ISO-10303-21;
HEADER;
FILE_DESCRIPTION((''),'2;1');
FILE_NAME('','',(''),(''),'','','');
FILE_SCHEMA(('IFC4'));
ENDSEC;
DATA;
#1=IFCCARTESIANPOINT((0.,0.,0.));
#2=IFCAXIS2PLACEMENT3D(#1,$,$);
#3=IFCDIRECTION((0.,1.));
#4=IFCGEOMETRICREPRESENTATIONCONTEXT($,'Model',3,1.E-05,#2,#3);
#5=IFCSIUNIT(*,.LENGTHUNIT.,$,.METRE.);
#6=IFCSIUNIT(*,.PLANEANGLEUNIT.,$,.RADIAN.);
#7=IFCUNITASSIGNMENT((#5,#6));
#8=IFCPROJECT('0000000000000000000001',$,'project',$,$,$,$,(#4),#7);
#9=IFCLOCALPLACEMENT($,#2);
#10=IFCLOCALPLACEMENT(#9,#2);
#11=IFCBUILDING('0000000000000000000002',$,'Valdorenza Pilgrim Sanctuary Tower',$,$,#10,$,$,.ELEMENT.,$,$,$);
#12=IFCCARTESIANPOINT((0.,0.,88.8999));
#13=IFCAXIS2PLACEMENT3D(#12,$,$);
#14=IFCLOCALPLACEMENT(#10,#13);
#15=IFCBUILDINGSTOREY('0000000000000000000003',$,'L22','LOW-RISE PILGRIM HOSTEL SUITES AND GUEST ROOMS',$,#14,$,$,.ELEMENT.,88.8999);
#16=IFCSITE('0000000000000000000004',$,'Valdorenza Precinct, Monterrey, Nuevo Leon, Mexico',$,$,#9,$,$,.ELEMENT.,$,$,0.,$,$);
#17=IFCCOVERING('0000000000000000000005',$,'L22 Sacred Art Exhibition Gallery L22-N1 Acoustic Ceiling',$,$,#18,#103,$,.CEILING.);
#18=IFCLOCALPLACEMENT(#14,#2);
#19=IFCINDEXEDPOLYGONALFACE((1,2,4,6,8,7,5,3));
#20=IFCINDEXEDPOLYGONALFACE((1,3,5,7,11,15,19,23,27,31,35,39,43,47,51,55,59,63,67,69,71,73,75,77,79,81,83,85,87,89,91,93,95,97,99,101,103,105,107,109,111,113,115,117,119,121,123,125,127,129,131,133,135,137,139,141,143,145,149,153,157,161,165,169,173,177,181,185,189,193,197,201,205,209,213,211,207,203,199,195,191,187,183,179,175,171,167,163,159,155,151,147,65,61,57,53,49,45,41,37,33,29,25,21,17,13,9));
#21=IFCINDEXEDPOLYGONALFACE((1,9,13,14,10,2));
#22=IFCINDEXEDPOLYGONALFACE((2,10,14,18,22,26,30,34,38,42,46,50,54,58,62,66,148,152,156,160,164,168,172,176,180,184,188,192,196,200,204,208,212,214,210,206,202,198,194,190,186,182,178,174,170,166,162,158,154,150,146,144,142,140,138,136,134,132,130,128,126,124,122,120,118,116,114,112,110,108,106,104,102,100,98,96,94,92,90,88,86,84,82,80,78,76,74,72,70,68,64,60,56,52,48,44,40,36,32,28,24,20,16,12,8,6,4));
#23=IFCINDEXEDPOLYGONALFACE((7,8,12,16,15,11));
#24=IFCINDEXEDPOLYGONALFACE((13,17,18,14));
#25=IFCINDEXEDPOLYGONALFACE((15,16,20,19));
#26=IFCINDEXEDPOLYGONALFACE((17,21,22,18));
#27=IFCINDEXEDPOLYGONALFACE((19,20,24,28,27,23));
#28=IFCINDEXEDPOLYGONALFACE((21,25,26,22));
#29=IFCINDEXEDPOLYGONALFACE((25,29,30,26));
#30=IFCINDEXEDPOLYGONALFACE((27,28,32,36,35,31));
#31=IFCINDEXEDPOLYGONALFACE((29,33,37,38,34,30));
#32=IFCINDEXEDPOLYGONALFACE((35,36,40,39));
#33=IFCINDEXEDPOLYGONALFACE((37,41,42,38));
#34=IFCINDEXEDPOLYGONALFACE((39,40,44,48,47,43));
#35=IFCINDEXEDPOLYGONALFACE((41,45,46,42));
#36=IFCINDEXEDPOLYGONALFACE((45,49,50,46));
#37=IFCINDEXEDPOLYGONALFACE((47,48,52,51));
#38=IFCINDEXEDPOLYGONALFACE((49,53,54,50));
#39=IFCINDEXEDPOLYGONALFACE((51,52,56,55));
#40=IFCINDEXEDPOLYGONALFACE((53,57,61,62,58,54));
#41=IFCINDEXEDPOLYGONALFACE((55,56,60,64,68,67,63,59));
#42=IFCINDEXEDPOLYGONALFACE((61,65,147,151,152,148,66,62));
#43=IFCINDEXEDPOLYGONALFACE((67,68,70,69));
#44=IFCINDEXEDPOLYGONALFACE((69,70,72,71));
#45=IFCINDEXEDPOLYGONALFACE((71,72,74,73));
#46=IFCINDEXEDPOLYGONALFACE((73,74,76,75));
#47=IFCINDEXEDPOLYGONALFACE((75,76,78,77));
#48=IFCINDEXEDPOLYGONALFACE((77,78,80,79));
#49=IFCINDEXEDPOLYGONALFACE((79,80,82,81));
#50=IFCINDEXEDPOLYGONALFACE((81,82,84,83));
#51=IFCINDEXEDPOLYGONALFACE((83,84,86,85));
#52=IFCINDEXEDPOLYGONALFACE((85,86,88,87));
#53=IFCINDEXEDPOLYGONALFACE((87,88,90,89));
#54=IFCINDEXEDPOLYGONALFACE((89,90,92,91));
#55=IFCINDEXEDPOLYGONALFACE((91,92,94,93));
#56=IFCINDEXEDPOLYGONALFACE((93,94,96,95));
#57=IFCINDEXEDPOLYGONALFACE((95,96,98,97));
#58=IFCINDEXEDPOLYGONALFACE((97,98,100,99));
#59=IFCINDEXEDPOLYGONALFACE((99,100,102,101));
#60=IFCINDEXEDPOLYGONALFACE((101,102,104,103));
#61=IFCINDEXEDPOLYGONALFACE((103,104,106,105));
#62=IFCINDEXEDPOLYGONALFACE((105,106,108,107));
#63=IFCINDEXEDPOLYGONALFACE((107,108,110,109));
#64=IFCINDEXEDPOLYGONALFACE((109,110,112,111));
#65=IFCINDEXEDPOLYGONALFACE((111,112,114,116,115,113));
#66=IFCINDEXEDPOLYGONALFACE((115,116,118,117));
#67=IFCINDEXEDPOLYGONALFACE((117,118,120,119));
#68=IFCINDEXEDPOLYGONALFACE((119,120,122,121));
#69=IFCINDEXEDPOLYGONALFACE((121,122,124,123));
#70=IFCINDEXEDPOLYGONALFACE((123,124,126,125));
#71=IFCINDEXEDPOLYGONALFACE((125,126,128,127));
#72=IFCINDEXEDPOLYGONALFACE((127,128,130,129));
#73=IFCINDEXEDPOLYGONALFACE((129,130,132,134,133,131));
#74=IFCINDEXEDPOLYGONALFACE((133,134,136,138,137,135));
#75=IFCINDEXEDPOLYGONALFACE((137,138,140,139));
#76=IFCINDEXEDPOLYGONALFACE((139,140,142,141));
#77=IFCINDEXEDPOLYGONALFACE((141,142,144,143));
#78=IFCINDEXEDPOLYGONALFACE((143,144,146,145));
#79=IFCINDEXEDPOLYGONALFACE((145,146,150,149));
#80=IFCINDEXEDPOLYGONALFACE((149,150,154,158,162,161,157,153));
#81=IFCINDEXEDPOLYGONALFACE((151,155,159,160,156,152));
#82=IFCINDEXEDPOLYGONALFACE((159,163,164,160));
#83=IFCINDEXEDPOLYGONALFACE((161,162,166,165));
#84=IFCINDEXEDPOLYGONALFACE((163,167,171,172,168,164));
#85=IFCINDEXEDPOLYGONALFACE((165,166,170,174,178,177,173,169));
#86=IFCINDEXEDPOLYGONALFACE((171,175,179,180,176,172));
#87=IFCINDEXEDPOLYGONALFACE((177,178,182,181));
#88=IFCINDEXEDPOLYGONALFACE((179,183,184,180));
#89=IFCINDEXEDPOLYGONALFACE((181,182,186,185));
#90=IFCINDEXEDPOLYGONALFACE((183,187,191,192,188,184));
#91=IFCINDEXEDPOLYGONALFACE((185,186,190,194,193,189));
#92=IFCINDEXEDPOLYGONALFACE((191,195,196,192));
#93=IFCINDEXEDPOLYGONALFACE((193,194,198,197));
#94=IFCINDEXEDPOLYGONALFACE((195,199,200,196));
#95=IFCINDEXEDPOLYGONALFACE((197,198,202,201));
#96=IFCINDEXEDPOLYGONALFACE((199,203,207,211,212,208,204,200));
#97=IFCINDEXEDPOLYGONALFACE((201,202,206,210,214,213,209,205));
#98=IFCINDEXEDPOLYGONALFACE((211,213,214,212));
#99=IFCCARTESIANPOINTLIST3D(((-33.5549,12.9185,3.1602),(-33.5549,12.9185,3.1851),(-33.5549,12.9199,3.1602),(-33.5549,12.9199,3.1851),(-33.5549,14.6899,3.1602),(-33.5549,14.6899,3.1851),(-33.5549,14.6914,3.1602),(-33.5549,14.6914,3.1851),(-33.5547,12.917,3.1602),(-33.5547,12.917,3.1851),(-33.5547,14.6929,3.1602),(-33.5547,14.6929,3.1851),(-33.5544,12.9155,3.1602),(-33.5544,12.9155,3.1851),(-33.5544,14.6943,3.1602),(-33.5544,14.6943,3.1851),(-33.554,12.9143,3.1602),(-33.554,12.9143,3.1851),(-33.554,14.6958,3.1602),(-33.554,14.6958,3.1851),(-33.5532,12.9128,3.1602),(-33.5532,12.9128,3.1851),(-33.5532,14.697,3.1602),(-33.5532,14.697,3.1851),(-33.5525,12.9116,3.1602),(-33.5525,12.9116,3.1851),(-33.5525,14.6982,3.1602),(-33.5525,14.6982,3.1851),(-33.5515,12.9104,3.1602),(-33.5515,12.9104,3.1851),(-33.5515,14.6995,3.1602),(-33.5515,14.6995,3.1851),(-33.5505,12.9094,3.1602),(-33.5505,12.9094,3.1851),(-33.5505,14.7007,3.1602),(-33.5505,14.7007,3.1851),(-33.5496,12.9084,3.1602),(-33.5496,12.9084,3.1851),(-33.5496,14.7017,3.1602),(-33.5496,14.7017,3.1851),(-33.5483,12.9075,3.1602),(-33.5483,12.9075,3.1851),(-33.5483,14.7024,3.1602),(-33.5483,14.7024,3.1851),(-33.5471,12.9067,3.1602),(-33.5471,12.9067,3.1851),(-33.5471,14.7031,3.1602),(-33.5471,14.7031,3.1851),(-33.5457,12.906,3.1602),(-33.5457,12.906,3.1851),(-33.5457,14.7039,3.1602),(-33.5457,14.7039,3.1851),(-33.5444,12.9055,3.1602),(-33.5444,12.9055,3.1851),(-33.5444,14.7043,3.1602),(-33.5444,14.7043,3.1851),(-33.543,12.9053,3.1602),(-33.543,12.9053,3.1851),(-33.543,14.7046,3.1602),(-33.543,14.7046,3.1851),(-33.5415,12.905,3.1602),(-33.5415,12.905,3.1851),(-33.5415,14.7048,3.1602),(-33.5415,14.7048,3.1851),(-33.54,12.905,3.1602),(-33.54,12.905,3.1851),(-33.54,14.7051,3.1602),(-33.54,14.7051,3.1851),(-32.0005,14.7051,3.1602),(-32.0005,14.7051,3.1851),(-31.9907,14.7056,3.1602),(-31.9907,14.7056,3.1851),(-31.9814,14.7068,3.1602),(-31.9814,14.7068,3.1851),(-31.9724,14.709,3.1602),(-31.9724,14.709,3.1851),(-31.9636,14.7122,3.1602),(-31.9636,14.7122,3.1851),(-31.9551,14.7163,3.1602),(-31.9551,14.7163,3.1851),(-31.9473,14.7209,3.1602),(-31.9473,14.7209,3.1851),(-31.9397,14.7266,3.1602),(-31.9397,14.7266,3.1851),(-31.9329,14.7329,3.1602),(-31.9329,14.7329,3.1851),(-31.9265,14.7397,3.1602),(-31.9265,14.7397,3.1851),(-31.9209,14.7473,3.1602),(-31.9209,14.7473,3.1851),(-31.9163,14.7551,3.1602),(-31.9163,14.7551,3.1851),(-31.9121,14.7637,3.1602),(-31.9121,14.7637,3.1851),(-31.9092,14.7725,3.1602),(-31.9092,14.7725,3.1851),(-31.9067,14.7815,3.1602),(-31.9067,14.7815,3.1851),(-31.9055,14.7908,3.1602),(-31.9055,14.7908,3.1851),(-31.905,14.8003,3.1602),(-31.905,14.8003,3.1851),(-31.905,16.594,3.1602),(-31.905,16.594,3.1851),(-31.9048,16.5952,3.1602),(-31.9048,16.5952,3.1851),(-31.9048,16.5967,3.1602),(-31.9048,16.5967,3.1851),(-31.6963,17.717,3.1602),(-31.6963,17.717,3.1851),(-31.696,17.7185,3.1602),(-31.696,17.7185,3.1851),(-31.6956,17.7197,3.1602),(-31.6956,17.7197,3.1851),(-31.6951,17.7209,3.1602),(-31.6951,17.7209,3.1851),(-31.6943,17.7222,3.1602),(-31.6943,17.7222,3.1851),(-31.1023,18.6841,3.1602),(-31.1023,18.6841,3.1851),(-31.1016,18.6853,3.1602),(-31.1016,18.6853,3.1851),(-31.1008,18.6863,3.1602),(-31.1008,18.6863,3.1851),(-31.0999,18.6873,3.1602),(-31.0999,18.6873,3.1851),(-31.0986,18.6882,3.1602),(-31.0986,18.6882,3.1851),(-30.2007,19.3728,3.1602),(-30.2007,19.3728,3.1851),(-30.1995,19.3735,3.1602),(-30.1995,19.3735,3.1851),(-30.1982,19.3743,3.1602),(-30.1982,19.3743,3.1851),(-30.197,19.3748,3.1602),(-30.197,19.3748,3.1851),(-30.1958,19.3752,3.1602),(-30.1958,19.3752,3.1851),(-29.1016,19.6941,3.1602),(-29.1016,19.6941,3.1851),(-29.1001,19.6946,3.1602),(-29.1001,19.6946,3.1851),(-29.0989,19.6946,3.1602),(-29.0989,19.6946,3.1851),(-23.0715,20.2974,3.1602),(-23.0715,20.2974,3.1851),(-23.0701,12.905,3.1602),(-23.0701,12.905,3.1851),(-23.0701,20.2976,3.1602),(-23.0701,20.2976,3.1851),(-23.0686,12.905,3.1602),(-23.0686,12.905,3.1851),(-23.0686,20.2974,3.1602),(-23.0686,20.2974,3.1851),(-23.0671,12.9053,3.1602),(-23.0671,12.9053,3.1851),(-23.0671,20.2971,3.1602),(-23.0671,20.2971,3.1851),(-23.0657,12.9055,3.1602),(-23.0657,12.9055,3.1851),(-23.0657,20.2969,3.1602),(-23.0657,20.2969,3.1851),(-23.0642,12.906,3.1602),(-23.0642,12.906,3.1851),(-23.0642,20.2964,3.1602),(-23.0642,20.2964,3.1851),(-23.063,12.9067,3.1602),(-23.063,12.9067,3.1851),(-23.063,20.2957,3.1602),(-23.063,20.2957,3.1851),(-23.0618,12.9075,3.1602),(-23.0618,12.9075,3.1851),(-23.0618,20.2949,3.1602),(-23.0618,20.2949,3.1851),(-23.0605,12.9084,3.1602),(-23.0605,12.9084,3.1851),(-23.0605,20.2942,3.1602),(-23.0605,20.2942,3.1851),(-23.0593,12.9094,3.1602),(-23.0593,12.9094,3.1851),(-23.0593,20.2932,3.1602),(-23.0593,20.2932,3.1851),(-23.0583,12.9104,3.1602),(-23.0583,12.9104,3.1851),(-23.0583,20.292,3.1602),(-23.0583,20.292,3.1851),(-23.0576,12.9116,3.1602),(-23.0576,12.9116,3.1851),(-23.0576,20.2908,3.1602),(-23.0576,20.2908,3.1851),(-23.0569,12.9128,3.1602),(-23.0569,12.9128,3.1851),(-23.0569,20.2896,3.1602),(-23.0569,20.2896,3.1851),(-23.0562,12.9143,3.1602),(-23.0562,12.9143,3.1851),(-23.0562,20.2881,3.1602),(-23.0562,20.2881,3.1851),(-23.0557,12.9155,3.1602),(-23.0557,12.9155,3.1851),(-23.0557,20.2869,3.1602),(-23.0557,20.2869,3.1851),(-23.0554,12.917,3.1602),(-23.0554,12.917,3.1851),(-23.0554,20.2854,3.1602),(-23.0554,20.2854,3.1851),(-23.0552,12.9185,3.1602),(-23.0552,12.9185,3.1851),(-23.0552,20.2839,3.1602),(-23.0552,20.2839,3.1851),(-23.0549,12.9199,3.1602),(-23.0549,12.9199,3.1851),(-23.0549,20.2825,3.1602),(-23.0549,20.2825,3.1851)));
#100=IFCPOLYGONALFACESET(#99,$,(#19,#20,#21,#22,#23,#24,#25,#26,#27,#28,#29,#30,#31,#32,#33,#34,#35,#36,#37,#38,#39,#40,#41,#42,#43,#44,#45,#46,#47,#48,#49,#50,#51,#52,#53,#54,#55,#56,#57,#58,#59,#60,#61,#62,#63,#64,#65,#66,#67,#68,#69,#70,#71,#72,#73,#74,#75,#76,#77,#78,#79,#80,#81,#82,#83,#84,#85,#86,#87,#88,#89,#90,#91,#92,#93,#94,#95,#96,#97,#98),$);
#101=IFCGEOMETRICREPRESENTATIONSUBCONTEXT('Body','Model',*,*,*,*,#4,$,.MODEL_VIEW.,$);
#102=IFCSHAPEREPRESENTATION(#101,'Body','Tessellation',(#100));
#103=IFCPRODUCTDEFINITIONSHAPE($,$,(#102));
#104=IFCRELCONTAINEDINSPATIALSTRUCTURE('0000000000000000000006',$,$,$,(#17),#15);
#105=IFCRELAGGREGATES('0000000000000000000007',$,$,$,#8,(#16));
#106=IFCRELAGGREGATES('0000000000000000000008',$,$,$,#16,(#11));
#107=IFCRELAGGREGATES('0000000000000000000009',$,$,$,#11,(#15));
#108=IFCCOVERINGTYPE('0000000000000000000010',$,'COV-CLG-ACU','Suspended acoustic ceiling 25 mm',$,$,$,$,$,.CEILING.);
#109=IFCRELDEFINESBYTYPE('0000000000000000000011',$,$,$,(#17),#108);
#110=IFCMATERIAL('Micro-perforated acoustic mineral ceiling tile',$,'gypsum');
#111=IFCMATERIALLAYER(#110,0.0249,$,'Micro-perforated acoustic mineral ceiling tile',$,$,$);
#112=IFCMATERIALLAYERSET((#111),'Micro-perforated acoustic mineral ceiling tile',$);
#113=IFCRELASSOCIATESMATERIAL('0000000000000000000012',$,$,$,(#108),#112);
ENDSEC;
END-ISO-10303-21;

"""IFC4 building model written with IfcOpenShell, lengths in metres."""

from ifc_helpers import new_model, si_unit, direction, frame, origin, place, context, subcontext, project, spatial, polyline, outline, extrude, material, layer, layer_set, type_object, element, save


model = new_model("IFC4")

# Units and contexts
model_context = context("Model", 3, precision=1e-05, world=origin(), true_north=direction((0.0, 1.0)))
body_context = subcontext(model_context, "Body", "Model", "MODEL_VIEW")
ifc_project = project(units=[si_unit("LENGTHUNIT", "METRE"), si_unit("PLANEANGLEUNIT", "RADIAN")], contexts=[model_context])

# Site, building, storey
site_placement = place(None, origin())
site = spatial("IfcSite", under=ifc_project, at=site_placement, Name="Valdorenza Precinct, Monterrey, Nuevo Leon, Mexico", CompositionType="ELEMENT", RefElevation=0.0)
building_placement = place(site_placement, origin())
building = spatial("IfcBuilding", under=site, at=building_placement, Name="Valdorenza Pilgrim Sanctuary Tower", CompositionType="ELEMENT")
storey_placement = place(building_placement, frame((0.0, 0.0, 88.8999)))
storey = spatial("IfcBuildingStorey", under=building, at=storey_placement, Name="L22", Description="LOW-RISE PILGRIM HOSTEL SUITES AND GUEST ROOMS", CompositionType="ELEMENT", Elevation=88.8999)

# Covering
ifc_material_1 = material(Name="Micro-perforated acoustic mineral ceiling tile", Category="gypsum")
ifc_layer_1 = layer(ifc_material_1, 0.0249, Name="Micro-perforated acoustic mineral ceiling tile")
ifc_layer_set_1 = layer_set([ifc_layer_1], Name="Micro-perforated acoustic mineral ceiling tile")
covering_type_1 = type_object("IfcCoveringType", Name="COV-CLG-ACU", Description="Suspended acoustic ceiling 25 mm", PredefinedType="CEILING", material=ifc_layer_set_1)
covering_1_placement = place(storey_placement, frame((0.0, 0.0, 3.1602)))
element("IfcCovering", 1, at=covering_1_placement, inside=storey, type_object=covering_type_1, Name="L22 Sacred Art Exhibition Gallery L22-N1 Acoustic Ceiling", PredefinedType="CEILING", context=body_context, shape_type="SweptSolid", body=[
    extrude(outline(polyline([(-33.54, 12.905), (-33.5415, 12.905), (-33.543, 12.9053), (-33.5444, 12.9055), (-33.5457, 12.906), (-33.5471, 12.9067), (-33.5483, 12.9075), (-33.5496, 12.9084), (-33.5505, 12.9094), (-33.5515, 12.9104), (-33.5525, 12.9116), (-33.5532, 12.9128), (-33.554, 12.9143), (-33.5544, 12.9155), (-33.5547, 12.917), (-33.5549, 12.9185), (-33.5549, 12.9199), (-33.5549, 14.6899), (-33.5549, 14.6914), (-33.5547, 14.6929), (-33.5544, 14.6943), (-33.554, 14.6958), (-33.5532, 14.697), (-33.5525, 14.6982), (-33.5515, 14.6995), (-33.5505, 14.7007), (-33.5496, 14.7017), (-33.5483, 14.7024), (-33.5471, 14.7031), (-33.5457, 14.7039), (-33.5444, 14.7043), (-33.543, 14.7046), (-33.5415, 14.7048), (-33.54, 14.7051), (-32.0005, 14.7051), (-31.9907, 14.7056), (-31.9814, 14.7068), (-31.9724, 14.709), (-31.9636, 14.7122), (-31.9551, 14.7163), (-31.9473, 14.7209), (-31.9397, 14.7266), (-31.9329, 14.7329), (-31.9265, 14.7397), (-31.9209, 14.7473), (-31.9163, 14.7551), (-31.9121, 14.7637), (-31.9092, 14.7725), (-31.9067, 14.7815), (-31.9055, 14.7908), (-31.905, 14.8003), (-31.905, 16.594), (-31.9048, 16.5952), (-31.9048, 16.5967), (-31.6963, 17.717), (-31.696, 17.7185), (-31.6956, 17.7197), (-31.6951, 17.7209), (-31.6943, 17.7222), (-31.1023, 18.6841), (-31.1016, 18.6853), (-31.1008, 18.6863), (-31.0999, 18.6873), (-31.0986, 18.6882), (-30.2007, 19.3728), (-30.1995, 19.3735), (-30.1982, 19.3743), (-30.197, 19.3748), (-30.1958, 19.3752), (-29.1016, 19.6941), (-29.1001, 19.6946), (-29.0989, 19.6946), (-23.0715, 20.2974), (-23.0701, 20.2976), (-23.0686, 20.2974), (-23.0671, 20.2971), (-23.0657, 20.2969), (-23.0642, 20.2964), (-23.063, 20.2957), (-23.0618, 20.2949), (-23.0605, 20.2942), (-23.0593, 20.2932), (-23.0583, 20.292), (-23.0576, 20.2908), (-23.0569, 20.2896), (-23.0562, 20.2881), (-23.0557, 20.2869), (-23.0554, 20.2854), (-23.0552, 20.2839), (-23.0549, 20.2825), (-23.0549, 12.9199), (-23.0552, 12.9185), (-23.0554, 12.917), (-23.0557, 12.9155), (-23.0562, 12.9143), (-23.0569, 12.9128), (-23.0576, 12.9116), (-23.0583, 12.9104), (-23.0593, 12.9094), (-23.0605, 12.9084), (-23.0618, 12.9075), (-23.063, 12.9067), (-23.0642, 12.906), (-23.0657, 12.9055), (-23.0671, 12.9053), (-23.0686, 12.905), (-23.0701, 12.905), (-33.54, 12.905)])), origin(), (0.0, 0.0, 1.0), 0.0249),
])

save(model, "model.ifc")
